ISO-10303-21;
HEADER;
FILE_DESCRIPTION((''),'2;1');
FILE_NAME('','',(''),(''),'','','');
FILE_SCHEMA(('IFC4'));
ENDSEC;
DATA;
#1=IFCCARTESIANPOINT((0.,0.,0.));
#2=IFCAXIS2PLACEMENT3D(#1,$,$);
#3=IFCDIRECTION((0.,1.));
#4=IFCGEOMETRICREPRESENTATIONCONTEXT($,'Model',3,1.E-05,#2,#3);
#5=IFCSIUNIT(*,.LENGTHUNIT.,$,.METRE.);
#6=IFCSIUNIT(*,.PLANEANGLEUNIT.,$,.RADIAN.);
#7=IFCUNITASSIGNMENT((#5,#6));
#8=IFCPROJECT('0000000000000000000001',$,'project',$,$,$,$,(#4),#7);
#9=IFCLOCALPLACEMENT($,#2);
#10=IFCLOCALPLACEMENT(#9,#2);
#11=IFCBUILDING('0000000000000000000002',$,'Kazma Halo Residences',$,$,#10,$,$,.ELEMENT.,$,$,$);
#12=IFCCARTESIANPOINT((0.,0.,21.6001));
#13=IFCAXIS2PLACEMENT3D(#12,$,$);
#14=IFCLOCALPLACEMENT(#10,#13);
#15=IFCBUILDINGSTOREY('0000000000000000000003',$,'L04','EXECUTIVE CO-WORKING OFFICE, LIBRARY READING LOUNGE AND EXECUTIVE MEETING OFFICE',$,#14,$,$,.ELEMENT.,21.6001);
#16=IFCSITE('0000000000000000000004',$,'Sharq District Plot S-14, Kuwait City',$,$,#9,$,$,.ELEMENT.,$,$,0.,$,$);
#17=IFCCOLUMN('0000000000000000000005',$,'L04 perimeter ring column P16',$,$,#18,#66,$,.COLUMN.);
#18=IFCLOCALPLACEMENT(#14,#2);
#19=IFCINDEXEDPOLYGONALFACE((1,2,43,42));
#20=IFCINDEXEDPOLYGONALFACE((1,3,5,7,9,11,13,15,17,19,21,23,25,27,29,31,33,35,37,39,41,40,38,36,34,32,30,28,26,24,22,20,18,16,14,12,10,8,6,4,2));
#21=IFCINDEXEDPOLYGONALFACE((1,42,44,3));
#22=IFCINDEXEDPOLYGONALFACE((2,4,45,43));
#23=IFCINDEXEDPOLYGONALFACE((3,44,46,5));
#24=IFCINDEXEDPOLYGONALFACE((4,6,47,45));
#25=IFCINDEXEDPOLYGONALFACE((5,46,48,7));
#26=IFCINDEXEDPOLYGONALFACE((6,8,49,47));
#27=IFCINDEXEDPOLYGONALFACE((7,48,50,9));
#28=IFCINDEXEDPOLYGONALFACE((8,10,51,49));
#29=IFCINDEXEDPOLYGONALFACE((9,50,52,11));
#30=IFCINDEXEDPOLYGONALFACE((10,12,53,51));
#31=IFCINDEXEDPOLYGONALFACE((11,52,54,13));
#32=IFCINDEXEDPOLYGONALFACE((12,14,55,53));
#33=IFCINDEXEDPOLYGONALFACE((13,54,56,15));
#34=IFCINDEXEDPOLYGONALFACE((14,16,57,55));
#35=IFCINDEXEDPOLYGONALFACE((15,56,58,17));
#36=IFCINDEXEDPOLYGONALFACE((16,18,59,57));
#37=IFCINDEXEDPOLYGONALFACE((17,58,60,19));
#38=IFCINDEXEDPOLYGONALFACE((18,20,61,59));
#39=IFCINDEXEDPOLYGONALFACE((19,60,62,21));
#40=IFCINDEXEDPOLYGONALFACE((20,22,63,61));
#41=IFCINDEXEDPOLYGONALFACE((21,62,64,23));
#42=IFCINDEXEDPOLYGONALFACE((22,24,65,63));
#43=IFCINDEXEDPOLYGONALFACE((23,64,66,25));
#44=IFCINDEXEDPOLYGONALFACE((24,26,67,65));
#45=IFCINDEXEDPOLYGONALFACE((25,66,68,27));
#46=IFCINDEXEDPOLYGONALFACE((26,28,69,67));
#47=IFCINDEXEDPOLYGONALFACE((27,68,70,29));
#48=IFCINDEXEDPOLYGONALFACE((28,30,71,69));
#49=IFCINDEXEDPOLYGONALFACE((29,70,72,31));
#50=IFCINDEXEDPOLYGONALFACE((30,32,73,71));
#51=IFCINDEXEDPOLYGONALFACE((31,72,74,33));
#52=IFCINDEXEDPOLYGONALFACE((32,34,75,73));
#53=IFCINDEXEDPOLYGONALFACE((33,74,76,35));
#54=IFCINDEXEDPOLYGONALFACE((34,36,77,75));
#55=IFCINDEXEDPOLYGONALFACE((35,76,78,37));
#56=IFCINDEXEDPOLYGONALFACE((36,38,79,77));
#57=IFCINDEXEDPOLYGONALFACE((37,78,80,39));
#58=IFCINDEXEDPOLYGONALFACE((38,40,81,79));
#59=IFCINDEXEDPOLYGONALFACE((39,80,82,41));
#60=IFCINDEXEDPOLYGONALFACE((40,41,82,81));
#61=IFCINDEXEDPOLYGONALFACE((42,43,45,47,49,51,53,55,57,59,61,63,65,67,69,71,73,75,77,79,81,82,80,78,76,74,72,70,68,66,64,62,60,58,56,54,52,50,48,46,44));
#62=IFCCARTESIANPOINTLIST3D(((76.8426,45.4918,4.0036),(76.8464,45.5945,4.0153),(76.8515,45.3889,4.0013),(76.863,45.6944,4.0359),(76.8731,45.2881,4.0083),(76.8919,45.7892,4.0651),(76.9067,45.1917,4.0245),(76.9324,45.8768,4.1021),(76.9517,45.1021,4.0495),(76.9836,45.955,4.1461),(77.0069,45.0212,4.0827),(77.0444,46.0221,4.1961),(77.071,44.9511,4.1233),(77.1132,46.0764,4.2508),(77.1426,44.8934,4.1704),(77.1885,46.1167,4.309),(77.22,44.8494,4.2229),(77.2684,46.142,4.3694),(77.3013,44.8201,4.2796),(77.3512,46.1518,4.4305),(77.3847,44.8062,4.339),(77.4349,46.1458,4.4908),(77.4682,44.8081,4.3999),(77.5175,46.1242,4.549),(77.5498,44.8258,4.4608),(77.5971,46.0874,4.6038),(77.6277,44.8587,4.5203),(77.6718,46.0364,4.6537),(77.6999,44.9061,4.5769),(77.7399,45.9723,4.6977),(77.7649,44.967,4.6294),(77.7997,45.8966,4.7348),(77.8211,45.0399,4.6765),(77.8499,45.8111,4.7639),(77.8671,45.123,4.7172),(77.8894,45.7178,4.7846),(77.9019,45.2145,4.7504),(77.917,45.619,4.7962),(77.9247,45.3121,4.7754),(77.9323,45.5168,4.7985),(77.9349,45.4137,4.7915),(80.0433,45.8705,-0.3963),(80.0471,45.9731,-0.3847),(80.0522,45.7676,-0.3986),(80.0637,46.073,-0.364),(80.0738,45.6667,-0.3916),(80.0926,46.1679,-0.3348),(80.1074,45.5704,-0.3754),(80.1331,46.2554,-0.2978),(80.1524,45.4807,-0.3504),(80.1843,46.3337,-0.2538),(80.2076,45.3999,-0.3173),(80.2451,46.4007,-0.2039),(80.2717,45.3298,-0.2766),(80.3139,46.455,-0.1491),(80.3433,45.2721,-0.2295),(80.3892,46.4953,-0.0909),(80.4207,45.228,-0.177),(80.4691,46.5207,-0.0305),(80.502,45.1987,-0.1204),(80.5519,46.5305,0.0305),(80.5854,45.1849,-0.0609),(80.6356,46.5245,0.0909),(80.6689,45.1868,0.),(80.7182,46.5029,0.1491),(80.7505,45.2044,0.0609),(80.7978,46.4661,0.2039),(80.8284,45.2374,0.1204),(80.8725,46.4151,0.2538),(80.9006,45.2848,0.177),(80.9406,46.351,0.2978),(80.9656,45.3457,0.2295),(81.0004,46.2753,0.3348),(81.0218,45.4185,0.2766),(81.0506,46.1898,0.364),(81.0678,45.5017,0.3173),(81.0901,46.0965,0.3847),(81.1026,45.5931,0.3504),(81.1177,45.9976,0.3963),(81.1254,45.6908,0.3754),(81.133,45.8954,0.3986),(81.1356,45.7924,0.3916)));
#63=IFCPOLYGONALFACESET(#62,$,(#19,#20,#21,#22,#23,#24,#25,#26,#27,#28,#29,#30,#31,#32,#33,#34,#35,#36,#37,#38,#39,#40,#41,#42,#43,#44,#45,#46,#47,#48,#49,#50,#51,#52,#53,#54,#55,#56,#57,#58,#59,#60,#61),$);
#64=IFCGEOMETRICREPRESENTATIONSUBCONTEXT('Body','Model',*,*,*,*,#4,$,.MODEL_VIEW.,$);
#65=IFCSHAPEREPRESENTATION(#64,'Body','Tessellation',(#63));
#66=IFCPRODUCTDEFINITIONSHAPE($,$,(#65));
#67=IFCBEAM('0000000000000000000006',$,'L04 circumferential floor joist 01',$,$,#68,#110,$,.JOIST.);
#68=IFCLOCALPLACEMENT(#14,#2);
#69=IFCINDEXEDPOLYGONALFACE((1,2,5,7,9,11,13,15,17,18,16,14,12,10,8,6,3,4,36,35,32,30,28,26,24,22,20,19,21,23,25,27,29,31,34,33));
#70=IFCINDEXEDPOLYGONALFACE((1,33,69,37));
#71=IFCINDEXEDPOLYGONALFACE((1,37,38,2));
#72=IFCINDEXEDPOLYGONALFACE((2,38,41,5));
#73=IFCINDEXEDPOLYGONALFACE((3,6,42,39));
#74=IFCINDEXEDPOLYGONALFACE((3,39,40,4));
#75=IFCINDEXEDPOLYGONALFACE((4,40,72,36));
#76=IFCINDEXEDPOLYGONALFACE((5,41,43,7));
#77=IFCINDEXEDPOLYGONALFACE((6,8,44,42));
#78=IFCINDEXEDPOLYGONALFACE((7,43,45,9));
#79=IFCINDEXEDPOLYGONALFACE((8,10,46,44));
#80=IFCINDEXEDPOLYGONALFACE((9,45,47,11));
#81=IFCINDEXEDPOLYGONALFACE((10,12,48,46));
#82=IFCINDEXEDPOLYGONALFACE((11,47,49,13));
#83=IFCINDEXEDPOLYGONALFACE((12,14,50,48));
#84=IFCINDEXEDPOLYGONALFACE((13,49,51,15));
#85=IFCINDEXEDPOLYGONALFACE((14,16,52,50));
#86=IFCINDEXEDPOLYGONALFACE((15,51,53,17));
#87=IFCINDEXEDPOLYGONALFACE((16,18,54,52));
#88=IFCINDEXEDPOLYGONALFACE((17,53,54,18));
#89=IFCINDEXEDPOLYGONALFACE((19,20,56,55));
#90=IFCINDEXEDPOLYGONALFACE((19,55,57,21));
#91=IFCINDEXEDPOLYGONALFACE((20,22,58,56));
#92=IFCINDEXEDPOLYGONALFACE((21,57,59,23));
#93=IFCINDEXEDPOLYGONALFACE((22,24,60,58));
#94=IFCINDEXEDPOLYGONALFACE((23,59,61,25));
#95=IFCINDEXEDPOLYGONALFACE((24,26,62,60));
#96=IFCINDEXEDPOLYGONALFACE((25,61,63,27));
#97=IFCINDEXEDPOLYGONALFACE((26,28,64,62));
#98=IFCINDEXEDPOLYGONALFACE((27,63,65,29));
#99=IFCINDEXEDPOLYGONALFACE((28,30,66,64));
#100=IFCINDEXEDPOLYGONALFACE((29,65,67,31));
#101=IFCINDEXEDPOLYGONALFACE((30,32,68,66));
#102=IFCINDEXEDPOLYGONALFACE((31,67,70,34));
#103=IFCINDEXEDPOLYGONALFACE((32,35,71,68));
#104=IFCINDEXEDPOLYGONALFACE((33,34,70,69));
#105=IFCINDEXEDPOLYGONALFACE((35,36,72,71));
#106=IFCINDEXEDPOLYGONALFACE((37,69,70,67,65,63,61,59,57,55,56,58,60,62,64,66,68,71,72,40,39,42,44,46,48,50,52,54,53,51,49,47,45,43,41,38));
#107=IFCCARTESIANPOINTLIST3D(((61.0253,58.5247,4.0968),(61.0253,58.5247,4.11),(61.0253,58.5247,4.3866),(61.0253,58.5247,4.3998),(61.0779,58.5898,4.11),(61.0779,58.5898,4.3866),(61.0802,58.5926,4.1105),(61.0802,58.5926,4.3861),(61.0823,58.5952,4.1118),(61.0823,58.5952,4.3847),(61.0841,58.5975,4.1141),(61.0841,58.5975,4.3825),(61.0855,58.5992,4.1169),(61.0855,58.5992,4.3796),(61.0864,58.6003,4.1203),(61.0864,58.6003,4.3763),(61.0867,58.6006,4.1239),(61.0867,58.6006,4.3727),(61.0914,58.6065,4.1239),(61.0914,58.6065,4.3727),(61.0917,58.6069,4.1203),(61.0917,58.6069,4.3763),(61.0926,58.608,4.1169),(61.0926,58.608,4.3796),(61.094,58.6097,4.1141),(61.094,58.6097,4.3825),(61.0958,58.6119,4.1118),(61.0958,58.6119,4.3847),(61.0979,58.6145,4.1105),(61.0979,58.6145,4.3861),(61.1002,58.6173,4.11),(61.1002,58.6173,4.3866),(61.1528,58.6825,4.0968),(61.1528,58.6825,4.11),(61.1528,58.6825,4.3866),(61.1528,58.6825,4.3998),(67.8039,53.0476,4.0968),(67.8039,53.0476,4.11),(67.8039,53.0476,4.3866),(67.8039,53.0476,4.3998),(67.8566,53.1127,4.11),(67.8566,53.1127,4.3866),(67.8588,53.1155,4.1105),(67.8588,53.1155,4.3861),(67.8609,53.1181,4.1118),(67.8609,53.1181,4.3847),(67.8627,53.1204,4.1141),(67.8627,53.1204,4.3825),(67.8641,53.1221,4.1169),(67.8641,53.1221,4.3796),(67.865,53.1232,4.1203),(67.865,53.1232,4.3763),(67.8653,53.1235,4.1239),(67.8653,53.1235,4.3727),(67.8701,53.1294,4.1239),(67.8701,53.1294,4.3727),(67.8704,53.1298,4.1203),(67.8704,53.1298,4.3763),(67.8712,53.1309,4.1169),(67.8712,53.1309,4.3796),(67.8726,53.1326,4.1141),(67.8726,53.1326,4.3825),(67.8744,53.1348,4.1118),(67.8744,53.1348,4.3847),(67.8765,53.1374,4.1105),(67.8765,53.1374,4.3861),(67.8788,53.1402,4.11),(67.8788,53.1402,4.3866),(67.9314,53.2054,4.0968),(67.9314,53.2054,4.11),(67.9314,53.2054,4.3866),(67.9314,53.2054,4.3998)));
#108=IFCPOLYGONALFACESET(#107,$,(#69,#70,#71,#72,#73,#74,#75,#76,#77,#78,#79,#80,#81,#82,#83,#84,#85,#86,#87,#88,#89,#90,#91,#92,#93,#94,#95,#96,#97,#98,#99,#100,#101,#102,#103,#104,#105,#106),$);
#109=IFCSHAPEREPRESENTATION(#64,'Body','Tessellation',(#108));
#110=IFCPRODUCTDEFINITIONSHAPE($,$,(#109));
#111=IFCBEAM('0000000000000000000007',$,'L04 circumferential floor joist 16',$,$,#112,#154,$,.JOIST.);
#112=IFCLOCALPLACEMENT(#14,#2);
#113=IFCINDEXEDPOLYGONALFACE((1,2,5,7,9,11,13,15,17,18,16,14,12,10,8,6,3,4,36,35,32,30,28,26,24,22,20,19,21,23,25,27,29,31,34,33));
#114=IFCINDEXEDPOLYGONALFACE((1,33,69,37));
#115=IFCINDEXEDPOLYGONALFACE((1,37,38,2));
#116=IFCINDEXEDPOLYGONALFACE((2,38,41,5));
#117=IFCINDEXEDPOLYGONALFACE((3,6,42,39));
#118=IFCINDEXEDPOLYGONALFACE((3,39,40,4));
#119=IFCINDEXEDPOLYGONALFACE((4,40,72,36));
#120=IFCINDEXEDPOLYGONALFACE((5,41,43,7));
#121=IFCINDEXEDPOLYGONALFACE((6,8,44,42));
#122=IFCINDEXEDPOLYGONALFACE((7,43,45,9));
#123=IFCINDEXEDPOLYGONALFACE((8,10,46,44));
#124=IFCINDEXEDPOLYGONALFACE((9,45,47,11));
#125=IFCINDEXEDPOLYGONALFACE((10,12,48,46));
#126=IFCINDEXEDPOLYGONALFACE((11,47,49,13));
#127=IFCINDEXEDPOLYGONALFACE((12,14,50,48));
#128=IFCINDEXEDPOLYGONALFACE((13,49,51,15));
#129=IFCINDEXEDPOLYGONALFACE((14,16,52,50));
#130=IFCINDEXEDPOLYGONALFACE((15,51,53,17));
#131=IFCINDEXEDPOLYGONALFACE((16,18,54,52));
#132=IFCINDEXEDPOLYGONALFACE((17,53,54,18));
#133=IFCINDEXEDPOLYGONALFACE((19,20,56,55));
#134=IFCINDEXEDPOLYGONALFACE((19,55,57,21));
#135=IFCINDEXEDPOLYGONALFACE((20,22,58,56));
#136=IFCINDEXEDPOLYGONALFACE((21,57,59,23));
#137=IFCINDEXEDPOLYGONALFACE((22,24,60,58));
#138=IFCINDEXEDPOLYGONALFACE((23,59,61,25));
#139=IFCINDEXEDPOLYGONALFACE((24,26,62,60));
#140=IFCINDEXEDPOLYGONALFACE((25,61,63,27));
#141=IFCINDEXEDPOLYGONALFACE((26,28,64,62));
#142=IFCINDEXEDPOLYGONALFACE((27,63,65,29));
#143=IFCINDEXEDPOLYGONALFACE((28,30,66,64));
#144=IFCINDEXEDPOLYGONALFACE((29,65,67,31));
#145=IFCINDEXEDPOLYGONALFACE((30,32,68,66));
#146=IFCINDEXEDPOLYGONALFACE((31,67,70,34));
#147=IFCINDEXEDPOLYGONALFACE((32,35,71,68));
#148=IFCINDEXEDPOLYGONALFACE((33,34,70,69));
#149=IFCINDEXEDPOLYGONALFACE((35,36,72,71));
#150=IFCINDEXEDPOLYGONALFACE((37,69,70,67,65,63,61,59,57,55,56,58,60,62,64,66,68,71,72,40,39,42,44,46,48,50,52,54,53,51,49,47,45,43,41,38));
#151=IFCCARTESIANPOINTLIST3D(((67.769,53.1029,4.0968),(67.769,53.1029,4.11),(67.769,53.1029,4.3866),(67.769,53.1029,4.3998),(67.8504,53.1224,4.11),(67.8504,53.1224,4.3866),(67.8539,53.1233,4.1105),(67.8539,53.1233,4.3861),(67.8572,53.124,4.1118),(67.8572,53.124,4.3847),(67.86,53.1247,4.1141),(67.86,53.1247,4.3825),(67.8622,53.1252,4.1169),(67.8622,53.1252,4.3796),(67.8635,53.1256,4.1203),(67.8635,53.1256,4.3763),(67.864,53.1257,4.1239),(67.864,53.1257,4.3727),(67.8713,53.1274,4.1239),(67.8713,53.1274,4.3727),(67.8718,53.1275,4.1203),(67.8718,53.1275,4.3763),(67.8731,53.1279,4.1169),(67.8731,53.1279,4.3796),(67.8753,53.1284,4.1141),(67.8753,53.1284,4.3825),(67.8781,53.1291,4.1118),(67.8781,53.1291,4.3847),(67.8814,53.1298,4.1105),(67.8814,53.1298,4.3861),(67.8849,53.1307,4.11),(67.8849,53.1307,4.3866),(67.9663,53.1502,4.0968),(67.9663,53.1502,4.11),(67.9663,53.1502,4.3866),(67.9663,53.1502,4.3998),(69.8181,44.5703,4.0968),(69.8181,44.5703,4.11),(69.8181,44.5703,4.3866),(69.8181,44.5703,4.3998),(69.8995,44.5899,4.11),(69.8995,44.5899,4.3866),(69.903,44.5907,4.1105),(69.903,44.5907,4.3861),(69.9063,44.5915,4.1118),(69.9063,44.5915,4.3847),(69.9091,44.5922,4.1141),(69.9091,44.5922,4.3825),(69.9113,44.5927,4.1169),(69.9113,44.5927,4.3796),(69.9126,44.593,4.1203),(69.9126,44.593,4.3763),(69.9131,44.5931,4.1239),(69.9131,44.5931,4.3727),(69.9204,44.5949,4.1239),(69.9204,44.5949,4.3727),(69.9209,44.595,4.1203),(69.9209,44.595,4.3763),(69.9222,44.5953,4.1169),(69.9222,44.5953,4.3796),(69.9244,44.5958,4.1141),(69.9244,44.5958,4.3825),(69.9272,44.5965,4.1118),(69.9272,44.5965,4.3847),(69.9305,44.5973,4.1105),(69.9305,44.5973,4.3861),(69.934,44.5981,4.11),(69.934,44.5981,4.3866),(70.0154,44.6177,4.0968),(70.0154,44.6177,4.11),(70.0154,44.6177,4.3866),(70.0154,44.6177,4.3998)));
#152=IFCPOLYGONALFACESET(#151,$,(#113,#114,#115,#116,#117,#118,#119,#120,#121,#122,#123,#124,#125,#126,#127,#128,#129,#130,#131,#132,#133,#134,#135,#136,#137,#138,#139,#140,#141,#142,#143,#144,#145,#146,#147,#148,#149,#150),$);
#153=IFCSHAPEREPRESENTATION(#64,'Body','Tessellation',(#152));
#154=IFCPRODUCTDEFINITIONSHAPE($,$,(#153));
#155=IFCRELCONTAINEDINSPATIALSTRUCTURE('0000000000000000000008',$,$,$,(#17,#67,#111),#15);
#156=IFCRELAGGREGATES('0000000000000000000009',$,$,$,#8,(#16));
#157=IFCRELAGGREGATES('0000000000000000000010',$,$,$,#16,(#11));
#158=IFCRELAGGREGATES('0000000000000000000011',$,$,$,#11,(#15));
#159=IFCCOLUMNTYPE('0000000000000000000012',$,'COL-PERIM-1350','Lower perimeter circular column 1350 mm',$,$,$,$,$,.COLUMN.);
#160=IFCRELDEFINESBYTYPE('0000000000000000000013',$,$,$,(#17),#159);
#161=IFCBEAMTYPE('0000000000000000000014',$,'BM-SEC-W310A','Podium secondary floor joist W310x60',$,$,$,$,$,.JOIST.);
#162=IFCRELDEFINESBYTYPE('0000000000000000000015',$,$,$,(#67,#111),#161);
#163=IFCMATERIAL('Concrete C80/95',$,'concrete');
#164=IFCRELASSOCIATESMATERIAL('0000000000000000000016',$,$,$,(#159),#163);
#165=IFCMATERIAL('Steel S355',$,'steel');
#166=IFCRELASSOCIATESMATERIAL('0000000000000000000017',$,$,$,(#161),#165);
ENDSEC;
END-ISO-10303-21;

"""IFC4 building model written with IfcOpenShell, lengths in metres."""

from ifc_helpers import new_model, si_unit, direction, frame, origin, origin_2d, place, context, subcontext, project, spatial, circle, i_section, extrude, material, material_profile, profile_set, type_object, element, save


model = new_model("IFC4")

# Units and contexts
model_context = context("Model", 3, precision=1e-05, world=origin(), true_north=direction((0.0, 1.0)))
body_context = subcontext(model_context, "Body", "Model", "MODEL_VIEW")
ifc_project = project(units=[si_unit("LENGTHUNIT", "METRE"), si_unit("PLANEANGLEUNIT", "RADIAN")], contexts=[model_context])

# Site, building, storey
site_placement = place(None, origin())
site = spatial("IfcSite", under=ifc_project, at=site_placement, Name="Sharq District Plot S-14, Kuwait City", CompositionType="ELEMENT", RefElevation=0.0)
building_placement = place(site_placement, origin())
building = spatial("IfcBuilding", under=site, at=building_placement, Name="Kazma Halo Residences", CompositionType="ELEMENT")
storey_placement = place(building_placement, frame((0.0, 0.0, 21.6001)))
storey = spatial("IfcBuildingStorey", under=building, at=storey_placement, Name="L04", Description="EXECUTIVE CO-WORKING OFFICE, LIBRARY READING LOUNGE AND EXECUTIVE MEETING OFFICE", CompositionType="ELEMENT", Elevation=21.6001)

# Column
ifc_material_1 = material(Name="Concrete C80/95", Category="concrete")
ifc_material_profile_1 = material_profile(ifc_material_1, circle(Radius=0.675, at=origin_2d()), Name="CIRC1350")
ifc_profile_set_1 = profile_set([ifc_material_profile_1], Name="Concrete C80/95")
column_type = type_object("IfcColumnType", Name="COL-PERIM-1350", Description="Lower perimeter circular column 1350 mm", PredefinedType="COLUMN", material=ifc_profile_set_1)
column_placement = place(storey_placement, frame((80.5896, 45.8572, 0.0), z_axis=(-0.586843, -0.069427, 0.806719), x_axis=(0.117487, -0.993074, 0.0)))
element("IfcColumn", 1, at=column_placement, inside=storey, type_object=column_type, Name="L04 perimeter ring column P16", PredefinedType="COLUMN", context=body_context, shape_type="SweptSolid", body=[
    extrude(circle(Radius=0.675, at=origin_2d()), origin(), (0.0, 0.0, 1.0), 5.4541),
])

# Beams
ifc_material_2 = material(Name="Steel S355", Category="steel")
ifc_material_profile_2 = material_profile(ifc_material_2, i_section(OverallWidth=0.2029, OverallDepth=0.303, WebThickness=0.0076, FlangeThickness=0.0132, FilletRadius=0.0139, at=origin_2d()), Name="W310x60")
ifc_profile_set_2 = profile_set([ifc_material_profile_2], Name="Steel S355")
beam_type_1 = type_object("IfcBeamType", Name="BM-SEC-W310A", Description="Podium secondary floor joist W310x60", PredefinedType="JOIST", material=ifc_profile_set_2)
beam_1_placement = place(storey_placement, frame((67.8677, 53.1265, 4.2483), z_axis=(-0.777826, 0.62848, 0.0), x_axis=(-0.62848, -0.777826, 0.0)))
element("IfcBeam", 2, at=beam_1_placement, inside=storey, type_object=beam_type_1, Name="L04 circumferential floor joist 01", PredefinedType="JOIST", context=body_context, shape_type="SweptSolid", body=[
    extrude(i_section(OverallWidth=0.2029, OverallDepth=0.303, WebThickness=0.0076, FlangeThickness=0.0132, FilletRadius=0.0139, at=origin_2d()), origin(), (0.0, 0.0, 1.0), 8.7148),
])
beam_2_placement = place(storey_placement, frame((69.9167, 44.594, 4.2483), z_axis=(-0.233511, 0.972354, 0.0), x_axis=(-0.972354, -0.233511, 0.0)))
element("IfcBeam", 3, at=beam_2_placement, inside=storey, type_object=beam_type_1, Name="L04 circumferential floor joist 16", PredefinedType="JOIST", context=body_context, shape_type="SweptSolid", body=[
    extrude(i_section(OverallWidth=0.2029, OverallDepth=0.303, WebThickness=0.0076, FlangeThickness=0.0132, FilletRadius=0.0139, at=origin_2d()), origin(), (0.0, 0.0, 1.0), 8.7751),
])

save(model, "model.ifc")
